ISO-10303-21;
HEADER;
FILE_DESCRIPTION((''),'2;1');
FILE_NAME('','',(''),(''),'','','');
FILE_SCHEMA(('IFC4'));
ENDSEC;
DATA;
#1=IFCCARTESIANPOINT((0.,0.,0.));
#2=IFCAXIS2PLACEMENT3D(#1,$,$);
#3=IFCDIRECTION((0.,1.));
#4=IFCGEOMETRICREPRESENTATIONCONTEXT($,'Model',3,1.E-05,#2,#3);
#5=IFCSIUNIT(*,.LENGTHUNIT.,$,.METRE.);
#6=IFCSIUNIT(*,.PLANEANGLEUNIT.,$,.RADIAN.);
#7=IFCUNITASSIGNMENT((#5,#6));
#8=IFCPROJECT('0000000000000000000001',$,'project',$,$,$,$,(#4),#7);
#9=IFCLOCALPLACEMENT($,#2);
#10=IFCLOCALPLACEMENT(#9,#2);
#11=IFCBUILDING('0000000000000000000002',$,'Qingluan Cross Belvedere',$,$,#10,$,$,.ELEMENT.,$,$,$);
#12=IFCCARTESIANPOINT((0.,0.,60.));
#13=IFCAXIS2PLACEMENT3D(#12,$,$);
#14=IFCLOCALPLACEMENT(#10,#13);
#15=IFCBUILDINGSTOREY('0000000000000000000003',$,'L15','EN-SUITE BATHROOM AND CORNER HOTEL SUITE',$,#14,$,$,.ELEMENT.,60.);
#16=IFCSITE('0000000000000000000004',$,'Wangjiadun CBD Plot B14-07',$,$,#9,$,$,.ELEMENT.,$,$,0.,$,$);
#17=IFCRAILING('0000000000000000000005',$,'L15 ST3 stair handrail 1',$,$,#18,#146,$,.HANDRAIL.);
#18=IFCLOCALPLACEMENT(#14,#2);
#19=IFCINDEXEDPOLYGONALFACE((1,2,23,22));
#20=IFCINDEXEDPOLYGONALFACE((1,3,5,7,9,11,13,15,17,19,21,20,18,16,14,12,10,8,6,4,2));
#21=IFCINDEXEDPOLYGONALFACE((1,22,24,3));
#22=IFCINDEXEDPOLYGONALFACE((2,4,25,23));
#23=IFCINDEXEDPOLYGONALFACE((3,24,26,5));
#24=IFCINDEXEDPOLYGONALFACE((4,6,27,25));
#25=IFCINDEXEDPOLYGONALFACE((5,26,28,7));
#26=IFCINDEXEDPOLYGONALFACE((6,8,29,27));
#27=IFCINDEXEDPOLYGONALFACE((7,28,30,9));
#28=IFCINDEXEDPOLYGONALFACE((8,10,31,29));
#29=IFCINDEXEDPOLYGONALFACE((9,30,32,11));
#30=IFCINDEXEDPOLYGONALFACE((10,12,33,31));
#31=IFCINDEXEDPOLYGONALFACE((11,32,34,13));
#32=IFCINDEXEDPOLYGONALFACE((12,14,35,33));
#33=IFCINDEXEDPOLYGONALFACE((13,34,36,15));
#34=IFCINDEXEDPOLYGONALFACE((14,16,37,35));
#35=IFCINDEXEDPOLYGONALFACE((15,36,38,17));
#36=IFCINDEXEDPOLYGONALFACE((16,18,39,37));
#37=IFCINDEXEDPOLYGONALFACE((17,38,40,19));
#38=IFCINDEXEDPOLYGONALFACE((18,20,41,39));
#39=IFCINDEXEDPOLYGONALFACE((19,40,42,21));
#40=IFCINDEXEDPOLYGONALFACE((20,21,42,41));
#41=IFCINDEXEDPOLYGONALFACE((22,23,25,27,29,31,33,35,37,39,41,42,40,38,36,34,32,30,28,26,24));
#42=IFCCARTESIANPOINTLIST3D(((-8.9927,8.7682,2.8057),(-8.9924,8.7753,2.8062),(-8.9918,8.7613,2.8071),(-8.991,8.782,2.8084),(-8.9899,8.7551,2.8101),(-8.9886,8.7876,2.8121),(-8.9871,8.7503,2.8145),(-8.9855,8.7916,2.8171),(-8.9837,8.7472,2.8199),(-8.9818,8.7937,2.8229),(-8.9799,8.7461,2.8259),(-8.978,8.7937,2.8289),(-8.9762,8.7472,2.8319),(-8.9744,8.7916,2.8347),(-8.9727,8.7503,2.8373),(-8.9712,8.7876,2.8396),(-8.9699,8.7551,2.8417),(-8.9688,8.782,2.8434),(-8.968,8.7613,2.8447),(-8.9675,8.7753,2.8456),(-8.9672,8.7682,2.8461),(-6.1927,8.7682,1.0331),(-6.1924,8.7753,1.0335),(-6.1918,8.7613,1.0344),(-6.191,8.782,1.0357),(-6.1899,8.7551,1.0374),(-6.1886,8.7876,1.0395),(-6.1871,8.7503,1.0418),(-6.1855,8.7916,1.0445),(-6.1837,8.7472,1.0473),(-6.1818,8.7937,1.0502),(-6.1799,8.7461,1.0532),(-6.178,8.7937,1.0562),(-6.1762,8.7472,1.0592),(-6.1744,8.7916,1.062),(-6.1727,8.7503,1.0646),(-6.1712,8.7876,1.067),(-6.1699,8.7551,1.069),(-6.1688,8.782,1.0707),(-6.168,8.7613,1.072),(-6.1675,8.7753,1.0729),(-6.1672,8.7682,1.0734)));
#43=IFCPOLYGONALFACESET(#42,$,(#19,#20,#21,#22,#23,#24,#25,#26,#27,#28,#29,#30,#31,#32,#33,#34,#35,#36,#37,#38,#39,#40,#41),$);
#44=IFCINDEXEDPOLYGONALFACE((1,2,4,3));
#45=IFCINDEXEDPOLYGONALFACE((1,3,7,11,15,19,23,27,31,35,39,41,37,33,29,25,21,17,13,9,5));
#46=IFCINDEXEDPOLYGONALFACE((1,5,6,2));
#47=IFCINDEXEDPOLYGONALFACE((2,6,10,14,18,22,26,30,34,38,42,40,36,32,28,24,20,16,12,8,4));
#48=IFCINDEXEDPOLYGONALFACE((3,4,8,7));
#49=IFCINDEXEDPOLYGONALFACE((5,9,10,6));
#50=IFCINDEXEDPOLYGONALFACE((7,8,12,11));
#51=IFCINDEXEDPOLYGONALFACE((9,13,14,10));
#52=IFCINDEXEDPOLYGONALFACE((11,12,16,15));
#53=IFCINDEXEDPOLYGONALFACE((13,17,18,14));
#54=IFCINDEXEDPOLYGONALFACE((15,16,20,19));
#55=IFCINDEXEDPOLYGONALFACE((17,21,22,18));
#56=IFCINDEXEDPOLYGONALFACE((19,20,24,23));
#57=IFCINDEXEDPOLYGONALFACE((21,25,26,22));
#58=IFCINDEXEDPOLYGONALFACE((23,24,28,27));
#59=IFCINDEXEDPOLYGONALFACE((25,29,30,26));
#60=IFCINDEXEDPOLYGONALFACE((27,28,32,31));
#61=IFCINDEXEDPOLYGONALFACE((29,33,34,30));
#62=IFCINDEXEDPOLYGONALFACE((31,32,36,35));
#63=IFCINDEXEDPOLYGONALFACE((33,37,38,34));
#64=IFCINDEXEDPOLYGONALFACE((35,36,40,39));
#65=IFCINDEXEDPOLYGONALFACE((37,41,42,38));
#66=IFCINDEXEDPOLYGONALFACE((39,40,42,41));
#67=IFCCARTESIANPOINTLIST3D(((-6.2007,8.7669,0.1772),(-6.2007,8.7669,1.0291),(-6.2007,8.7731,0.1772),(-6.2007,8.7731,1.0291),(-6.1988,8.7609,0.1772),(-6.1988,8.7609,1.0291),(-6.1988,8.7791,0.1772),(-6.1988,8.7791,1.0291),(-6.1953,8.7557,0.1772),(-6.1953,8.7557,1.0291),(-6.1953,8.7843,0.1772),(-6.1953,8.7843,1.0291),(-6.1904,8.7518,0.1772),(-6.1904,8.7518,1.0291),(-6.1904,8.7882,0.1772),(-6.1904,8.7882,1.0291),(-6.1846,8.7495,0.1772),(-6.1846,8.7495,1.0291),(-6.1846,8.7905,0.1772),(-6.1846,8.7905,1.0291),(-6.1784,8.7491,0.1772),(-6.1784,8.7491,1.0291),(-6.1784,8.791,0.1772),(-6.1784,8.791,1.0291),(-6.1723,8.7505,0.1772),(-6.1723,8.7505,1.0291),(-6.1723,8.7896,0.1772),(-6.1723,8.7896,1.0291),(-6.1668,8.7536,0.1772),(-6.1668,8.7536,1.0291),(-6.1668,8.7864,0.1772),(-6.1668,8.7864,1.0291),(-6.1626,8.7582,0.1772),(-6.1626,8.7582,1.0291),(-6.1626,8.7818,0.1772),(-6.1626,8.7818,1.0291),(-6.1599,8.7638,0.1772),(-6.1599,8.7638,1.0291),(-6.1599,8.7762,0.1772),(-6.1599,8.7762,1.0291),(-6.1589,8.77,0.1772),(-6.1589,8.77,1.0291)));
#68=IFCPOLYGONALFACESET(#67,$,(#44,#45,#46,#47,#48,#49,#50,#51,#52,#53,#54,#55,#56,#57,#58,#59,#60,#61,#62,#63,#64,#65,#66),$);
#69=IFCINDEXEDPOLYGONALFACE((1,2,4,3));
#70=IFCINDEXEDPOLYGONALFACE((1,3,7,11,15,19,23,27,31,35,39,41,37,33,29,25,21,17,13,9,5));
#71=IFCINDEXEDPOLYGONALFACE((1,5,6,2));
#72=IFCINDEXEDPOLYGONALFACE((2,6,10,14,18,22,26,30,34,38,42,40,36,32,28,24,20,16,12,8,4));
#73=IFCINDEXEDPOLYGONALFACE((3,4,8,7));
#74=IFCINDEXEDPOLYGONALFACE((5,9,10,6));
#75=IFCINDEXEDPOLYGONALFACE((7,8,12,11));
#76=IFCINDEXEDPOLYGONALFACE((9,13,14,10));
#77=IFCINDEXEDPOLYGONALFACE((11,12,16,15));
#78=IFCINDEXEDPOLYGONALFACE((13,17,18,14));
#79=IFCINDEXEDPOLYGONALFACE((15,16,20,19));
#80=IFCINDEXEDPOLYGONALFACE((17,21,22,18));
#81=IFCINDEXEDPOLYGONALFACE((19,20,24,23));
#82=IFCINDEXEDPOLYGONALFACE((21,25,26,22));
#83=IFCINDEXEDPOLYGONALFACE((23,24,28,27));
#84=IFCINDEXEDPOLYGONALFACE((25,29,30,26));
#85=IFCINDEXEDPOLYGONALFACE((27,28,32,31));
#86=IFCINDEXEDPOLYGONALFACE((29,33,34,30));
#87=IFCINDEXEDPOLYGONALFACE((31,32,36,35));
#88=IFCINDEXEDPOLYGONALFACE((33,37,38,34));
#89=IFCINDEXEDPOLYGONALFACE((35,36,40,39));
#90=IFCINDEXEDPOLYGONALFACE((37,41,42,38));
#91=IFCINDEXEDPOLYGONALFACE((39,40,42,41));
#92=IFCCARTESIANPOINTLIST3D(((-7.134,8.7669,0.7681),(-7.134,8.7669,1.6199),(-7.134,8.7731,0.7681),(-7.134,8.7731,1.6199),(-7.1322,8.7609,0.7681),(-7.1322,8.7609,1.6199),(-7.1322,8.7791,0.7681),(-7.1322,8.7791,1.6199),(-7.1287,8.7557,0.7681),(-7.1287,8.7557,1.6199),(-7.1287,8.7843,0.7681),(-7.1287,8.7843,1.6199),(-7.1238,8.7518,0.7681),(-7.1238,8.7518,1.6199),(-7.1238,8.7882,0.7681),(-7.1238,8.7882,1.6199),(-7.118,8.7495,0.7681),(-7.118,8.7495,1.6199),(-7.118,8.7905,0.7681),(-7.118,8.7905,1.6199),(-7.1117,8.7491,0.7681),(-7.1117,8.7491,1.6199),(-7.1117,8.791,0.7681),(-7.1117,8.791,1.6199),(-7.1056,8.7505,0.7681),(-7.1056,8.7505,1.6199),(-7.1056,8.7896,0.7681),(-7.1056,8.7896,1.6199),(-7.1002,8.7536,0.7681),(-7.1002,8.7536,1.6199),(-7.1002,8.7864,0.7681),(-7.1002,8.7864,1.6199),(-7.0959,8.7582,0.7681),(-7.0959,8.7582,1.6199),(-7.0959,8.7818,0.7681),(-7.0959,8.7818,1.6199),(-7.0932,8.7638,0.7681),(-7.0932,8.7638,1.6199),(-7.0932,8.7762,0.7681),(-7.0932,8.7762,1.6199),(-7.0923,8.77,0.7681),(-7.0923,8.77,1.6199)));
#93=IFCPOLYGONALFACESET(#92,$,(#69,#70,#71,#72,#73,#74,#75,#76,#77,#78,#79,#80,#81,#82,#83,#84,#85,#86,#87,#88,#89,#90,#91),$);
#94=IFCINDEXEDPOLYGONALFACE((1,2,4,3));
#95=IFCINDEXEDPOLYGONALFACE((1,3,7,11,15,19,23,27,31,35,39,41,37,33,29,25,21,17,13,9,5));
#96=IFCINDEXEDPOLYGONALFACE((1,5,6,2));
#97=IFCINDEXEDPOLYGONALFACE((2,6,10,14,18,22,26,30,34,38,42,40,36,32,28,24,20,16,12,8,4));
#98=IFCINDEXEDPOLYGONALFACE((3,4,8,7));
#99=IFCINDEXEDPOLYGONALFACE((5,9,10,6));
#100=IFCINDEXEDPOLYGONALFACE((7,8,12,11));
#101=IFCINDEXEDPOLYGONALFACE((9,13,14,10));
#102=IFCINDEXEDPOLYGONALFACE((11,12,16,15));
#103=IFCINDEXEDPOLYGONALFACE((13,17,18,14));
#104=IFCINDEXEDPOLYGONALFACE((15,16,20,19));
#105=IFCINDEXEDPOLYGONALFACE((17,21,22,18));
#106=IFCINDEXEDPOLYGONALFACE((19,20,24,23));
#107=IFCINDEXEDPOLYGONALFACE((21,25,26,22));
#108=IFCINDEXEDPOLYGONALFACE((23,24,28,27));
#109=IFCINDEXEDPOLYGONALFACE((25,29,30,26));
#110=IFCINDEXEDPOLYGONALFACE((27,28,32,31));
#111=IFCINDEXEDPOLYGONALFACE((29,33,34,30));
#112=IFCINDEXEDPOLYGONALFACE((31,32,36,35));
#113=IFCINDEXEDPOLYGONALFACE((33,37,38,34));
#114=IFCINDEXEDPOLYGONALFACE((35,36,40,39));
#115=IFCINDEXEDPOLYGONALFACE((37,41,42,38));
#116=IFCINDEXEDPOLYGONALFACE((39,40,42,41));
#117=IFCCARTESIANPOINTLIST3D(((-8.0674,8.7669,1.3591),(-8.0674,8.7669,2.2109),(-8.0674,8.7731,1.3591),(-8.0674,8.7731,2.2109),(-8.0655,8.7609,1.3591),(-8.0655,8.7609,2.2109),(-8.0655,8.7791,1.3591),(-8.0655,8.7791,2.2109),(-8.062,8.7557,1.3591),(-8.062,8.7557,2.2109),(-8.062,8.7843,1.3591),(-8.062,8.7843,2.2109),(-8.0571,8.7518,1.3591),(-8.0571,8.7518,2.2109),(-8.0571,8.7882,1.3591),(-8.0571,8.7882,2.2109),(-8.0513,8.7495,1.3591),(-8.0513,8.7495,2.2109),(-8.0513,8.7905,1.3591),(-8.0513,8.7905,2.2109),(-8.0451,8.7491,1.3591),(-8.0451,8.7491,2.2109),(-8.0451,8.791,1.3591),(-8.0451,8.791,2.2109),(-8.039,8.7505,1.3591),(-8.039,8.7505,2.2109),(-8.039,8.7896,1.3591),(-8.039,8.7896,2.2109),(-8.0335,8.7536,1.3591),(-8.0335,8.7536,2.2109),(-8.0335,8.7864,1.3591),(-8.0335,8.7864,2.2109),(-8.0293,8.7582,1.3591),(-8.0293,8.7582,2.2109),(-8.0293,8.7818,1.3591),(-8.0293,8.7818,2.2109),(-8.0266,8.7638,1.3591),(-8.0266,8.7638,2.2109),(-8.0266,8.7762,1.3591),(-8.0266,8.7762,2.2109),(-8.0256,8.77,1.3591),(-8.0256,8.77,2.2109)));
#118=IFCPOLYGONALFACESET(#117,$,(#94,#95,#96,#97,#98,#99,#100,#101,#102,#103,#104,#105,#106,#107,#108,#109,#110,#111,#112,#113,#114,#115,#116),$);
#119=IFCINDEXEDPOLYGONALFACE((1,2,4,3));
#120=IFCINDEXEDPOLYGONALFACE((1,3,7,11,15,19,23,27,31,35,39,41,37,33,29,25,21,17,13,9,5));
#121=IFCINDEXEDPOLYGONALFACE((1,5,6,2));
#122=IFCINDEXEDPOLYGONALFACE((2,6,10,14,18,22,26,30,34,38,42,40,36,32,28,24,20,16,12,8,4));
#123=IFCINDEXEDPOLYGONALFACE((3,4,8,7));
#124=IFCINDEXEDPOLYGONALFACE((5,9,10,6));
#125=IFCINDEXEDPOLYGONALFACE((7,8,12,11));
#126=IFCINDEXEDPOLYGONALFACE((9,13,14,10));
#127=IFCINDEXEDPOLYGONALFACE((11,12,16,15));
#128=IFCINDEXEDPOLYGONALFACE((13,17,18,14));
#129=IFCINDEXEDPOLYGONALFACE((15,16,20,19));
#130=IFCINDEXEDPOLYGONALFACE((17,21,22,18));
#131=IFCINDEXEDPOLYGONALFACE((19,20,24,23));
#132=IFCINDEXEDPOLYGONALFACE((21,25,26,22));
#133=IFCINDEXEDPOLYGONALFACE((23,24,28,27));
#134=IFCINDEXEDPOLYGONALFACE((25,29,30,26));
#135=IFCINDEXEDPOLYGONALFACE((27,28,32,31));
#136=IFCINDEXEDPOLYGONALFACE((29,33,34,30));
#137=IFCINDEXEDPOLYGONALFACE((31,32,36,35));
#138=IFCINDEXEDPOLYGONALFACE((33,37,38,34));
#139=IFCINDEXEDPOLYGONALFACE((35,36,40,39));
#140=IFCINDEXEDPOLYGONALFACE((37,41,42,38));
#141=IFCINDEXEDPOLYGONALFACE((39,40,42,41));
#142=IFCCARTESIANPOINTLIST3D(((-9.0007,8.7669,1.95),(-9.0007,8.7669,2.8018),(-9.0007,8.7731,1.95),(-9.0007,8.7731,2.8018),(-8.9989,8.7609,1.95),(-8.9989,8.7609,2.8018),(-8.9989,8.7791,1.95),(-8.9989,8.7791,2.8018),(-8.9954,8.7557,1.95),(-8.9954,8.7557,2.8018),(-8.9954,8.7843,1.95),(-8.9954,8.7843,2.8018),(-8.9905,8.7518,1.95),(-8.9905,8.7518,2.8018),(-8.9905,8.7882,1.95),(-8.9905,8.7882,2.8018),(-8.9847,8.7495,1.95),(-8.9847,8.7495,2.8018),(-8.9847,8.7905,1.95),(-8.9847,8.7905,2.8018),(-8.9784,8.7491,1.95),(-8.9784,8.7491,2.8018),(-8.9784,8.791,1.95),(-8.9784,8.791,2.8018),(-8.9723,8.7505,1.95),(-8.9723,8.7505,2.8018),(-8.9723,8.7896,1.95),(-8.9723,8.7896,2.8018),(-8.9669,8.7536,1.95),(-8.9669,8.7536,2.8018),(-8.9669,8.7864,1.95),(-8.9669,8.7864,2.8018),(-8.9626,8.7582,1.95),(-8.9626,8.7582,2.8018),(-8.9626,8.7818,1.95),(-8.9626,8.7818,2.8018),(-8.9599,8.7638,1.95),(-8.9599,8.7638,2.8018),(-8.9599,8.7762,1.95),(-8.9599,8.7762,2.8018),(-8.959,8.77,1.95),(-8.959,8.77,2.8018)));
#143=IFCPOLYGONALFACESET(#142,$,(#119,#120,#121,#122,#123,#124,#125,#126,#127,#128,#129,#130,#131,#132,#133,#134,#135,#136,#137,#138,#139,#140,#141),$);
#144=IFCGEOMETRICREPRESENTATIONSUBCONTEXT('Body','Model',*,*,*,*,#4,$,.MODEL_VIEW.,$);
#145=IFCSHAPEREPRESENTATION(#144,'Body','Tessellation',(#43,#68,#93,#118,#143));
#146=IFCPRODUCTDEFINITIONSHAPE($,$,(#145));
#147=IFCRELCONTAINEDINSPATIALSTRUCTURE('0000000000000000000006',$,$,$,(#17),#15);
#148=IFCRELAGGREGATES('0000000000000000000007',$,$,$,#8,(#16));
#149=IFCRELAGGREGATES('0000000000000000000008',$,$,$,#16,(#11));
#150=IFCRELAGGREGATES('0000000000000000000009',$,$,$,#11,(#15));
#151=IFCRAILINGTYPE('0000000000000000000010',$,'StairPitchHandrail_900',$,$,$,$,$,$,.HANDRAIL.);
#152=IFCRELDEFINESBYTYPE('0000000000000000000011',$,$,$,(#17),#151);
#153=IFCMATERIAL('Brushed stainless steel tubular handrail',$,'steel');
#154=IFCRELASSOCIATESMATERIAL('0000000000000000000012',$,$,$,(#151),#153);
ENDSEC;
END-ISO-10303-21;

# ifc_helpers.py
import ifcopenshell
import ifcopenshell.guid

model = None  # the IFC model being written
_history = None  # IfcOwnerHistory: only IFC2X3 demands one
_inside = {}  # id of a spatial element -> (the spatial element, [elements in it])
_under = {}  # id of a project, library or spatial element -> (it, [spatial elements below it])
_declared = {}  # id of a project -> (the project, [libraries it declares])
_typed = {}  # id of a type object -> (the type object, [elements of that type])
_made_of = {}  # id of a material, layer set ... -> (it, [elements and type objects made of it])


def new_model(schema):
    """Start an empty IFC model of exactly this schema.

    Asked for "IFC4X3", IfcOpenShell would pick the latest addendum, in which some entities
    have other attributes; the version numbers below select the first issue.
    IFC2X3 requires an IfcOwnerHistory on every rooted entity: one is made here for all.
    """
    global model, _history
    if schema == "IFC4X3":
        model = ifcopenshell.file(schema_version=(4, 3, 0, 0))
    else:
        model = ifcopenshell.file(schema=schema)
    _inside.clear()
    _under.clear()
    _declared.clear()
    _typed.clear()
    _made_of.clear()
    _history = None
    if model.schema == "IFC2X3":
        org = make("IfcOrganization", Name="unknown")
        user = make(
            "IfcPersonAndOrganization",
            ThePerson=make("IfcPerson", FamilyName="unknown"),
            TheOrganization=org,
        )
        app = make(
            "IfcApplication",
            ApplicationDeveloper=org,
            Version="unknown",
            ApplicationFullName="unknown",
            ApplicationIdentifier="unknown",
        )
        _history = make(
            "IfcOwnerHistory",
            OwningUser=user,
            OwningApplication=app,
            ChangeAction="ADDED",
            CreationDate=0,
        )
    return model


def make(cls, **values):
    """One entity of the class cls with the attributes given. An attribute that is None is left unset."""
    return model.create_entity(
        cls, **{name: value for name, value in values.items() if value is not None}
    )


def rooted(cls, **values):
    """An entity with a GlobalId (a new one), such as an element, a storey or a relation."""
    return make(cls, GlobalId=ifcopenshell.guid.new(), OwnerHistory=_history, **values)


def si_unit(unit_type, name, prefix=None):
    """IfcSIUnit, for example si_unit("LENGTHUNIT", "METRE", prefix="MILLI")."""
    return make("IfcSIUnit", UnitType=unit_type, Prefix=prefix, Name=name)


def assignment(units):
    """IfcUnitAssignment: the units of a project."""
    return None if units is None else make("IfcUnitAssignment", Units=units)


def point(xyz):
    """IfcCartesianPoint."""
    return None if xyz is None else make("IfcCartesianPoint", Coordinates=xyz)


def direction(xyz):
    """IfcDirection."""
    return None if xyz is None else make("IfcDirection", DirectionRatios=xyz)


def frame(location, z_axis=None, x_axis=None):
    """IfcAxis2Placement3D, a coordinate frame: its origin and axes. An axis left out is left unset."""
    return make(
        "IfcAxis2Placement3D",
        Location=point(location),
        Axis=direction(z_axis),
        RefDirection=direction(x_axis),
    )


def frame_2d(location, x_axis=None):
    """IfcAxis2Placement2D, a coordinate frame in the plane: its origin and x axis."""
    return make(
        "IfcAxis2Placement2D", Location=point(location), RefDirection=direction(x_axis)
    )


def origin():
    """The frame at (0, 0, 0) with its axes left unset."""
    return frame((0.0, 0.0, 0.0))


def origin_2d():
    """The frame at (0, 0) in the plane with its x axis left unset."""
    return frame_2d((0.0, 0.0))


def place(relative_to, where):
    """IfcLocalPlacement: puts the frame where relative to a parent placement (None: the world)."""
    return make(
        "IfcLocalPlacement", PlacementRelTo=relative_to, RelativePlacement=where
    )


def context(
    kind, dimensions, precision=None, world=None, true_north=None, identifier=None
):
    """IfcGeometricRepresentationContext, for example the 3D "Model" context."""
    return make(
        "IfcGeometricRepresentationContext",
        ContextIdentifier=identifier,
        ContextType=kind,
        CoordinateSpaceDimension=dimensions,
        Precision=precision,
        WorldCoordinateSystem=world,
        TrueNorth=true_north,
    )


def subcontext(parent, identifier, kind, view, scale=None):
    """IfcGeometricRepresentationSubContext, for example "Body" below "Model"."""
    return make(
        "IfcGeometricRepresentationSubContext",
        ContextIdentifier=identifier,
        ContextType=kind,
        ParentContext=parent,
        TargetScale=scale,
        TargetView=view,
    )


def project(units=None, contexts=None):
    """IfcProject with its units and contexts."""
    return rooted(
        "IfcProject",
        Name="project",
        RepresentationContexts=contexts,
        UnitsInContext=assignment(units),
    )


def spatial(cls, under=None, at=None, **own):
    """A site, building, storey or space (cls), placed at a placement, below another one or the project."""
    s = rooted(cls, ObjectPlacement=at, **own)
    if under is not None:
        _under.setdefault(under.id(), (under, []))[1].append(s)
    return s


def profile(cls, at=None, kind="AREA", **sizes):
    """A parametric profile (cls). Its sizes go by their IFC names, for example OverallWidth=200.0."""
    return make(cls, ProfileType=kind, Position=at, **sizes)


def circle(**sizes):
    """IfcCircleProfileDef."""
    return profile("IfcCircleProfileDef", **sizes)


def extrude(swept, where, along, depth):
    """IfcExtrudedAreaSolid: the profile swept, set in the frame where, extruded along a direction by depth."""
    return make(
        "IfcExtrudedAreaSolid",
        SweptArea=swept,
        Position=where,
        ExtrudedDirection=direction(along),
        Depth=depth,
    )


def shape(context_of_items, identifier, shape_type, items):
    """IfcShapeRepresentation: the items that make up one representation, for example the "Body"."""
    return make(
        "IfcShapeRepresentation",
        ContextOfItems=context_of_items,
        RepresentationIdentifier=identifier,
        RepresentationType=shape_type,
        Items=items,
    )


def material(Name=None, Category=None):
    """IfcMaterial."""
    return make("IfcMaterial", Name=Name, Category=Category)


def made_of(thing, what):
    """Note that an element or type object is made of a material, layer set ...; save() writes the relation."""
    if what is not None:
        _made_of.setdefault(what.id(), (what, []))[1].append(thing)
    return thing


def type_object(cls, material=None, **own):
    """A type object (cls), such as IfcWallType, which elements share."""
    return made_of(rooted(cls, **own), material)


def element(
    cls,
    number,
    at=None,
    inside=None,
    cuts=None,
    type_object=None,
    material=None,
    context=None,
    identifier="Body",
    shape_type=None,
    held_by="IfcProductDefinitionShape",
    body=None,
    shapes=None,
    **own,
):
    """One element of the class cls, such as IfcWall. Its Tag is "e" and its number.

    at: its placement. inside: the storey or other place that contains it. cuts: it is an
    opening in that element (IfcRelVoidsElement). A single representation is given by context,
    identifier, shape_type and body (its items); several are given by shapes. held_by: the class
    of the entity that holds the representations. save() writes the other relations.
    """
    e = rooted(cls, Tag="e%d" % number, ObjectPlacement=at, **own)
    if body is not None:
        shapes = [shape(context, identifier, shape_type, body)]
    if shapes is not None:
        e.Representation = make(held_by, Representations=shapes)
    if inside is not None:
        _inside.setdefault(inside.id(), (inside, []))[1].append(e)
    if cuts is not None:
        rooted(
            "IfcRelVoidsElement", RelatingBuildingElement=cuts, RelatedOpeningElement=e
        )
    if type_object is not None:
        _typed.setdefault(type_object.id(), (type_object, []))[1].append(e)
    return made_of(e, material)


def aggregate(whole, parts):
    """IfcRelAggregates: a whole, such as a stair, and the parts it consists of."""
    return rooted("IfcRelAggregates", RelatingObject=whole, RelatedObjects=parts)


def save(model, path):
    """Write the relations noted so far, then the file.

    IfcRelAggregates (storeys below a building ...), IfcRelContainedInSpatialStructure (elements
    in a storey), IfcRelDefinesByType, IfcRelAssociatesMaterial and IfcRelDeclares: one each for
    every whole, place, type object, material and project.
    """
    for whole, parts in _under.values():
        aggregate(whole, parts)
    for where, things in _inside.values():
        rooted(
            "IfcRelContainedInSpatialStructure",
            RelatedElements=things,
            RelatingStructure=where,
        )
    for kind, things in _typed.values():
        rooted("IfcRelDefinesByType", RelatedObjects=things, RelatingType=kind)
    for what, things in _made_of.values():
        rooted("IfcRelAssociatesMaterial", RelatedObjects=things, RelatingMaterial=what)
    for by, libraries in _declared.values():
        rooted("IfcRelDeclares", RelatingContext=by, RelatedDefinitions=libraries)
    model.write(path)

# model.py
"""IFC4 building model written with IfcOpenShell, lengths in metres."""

from ifc_helpers import new_model, si_unit, direction, frame, origin, origin_2d, place, context, subcontext, project, spatial, circle, extrude, material, type_object, element, save


model = new_model("IFC4")

# Units and contexts
model_context = context("Model", 3, precision=1e-05, world=origin(), true_north=direction((0.0, 1.0)))
body_context = subcontext(model_context, "Body", "Model", "MODEL_VIEW")
ifc_project = project(units=[si_unit("LENGTHUNIT", "METRE"), si_unit("PLANEANGLEUNIT", "RADIAN")], contexts=[model_context])

# Site, building, storey
site_placement = place(None, origin())
site = spatial("IfcSite", under=ifc_project, at=site_placement, Name="Wangjiadun CBD Plot B14-07", CompositionType="ELEMENT", RefElevation=0.0)
building_placement = place(site_placement, origin())
building = spatial("IfcBuilding", under=site, at=building_placement, Name="Qingluan Cross Belvedere", CompositionType="ELEMENT")
storey_placement = place(building_placement, frame((0.0, 0.0, 60.0)))
storey = spatial("IfcBuildingStorey", under=building, at=storey_placement, Name="L15", Description="EN-SUITE BATHROOM AND CORNER HOTEL SUITE", CompositionType="ELEMENT", Elevation=60.0)

# Railing
ifc_material_1 = material(Name="Brushed stainless steel tubular handrail", Category="steel")
railing_type = type_object("IfcRailingType", Name="StairPitchHandrail_900", PredefinedType="HANDRAIL", material=ifc_material_1)
railing_placement = place(storey_placement, frame((-6.1799, 8.77, 0.1772)))
element("IfcRailing", 1, at=railing_placement, inside=storey, type_object=railing_type, Name="L15 ST3 stair handrail 1", PredefinedType="HANDRAIL", context=body_context, shape_type="SweptSolid", body=[
    extrude(circle(Radius=0.0239, at=origin_2d()), frame((0.0, 0.0, 0.876), z_axis=(-0.844909, 0.0, 0.53491), x_axis=(0.0, -1.0, 0.0)), (0.0, 0.0, 1.0), 3.314),
    extrude(circle(Radius=0.021, at=origin_2d()), origin(), (0.0, 0.0, 1.0), 0.8518),
    extrude(circle(Radius=0.021, at=origin_2d()), frame((-0.9333, 0.0, 0.5908)), (0.0, 0.0, 1.0), 0.8518),
    extrude(circle(Radius=0.021, at=origin_2d()), frame((-1.8667, 0.0, 1.1819)), (0.0, 0.0, 1.0), 0.8518),
    extrude(circle(Radius=0.021, at=origin_2d()), frame((-2.8, 0.0, 1.7727)), (0.0, 0.0, 1.0), 0.8518),
])

save(model, "model.ifc")
